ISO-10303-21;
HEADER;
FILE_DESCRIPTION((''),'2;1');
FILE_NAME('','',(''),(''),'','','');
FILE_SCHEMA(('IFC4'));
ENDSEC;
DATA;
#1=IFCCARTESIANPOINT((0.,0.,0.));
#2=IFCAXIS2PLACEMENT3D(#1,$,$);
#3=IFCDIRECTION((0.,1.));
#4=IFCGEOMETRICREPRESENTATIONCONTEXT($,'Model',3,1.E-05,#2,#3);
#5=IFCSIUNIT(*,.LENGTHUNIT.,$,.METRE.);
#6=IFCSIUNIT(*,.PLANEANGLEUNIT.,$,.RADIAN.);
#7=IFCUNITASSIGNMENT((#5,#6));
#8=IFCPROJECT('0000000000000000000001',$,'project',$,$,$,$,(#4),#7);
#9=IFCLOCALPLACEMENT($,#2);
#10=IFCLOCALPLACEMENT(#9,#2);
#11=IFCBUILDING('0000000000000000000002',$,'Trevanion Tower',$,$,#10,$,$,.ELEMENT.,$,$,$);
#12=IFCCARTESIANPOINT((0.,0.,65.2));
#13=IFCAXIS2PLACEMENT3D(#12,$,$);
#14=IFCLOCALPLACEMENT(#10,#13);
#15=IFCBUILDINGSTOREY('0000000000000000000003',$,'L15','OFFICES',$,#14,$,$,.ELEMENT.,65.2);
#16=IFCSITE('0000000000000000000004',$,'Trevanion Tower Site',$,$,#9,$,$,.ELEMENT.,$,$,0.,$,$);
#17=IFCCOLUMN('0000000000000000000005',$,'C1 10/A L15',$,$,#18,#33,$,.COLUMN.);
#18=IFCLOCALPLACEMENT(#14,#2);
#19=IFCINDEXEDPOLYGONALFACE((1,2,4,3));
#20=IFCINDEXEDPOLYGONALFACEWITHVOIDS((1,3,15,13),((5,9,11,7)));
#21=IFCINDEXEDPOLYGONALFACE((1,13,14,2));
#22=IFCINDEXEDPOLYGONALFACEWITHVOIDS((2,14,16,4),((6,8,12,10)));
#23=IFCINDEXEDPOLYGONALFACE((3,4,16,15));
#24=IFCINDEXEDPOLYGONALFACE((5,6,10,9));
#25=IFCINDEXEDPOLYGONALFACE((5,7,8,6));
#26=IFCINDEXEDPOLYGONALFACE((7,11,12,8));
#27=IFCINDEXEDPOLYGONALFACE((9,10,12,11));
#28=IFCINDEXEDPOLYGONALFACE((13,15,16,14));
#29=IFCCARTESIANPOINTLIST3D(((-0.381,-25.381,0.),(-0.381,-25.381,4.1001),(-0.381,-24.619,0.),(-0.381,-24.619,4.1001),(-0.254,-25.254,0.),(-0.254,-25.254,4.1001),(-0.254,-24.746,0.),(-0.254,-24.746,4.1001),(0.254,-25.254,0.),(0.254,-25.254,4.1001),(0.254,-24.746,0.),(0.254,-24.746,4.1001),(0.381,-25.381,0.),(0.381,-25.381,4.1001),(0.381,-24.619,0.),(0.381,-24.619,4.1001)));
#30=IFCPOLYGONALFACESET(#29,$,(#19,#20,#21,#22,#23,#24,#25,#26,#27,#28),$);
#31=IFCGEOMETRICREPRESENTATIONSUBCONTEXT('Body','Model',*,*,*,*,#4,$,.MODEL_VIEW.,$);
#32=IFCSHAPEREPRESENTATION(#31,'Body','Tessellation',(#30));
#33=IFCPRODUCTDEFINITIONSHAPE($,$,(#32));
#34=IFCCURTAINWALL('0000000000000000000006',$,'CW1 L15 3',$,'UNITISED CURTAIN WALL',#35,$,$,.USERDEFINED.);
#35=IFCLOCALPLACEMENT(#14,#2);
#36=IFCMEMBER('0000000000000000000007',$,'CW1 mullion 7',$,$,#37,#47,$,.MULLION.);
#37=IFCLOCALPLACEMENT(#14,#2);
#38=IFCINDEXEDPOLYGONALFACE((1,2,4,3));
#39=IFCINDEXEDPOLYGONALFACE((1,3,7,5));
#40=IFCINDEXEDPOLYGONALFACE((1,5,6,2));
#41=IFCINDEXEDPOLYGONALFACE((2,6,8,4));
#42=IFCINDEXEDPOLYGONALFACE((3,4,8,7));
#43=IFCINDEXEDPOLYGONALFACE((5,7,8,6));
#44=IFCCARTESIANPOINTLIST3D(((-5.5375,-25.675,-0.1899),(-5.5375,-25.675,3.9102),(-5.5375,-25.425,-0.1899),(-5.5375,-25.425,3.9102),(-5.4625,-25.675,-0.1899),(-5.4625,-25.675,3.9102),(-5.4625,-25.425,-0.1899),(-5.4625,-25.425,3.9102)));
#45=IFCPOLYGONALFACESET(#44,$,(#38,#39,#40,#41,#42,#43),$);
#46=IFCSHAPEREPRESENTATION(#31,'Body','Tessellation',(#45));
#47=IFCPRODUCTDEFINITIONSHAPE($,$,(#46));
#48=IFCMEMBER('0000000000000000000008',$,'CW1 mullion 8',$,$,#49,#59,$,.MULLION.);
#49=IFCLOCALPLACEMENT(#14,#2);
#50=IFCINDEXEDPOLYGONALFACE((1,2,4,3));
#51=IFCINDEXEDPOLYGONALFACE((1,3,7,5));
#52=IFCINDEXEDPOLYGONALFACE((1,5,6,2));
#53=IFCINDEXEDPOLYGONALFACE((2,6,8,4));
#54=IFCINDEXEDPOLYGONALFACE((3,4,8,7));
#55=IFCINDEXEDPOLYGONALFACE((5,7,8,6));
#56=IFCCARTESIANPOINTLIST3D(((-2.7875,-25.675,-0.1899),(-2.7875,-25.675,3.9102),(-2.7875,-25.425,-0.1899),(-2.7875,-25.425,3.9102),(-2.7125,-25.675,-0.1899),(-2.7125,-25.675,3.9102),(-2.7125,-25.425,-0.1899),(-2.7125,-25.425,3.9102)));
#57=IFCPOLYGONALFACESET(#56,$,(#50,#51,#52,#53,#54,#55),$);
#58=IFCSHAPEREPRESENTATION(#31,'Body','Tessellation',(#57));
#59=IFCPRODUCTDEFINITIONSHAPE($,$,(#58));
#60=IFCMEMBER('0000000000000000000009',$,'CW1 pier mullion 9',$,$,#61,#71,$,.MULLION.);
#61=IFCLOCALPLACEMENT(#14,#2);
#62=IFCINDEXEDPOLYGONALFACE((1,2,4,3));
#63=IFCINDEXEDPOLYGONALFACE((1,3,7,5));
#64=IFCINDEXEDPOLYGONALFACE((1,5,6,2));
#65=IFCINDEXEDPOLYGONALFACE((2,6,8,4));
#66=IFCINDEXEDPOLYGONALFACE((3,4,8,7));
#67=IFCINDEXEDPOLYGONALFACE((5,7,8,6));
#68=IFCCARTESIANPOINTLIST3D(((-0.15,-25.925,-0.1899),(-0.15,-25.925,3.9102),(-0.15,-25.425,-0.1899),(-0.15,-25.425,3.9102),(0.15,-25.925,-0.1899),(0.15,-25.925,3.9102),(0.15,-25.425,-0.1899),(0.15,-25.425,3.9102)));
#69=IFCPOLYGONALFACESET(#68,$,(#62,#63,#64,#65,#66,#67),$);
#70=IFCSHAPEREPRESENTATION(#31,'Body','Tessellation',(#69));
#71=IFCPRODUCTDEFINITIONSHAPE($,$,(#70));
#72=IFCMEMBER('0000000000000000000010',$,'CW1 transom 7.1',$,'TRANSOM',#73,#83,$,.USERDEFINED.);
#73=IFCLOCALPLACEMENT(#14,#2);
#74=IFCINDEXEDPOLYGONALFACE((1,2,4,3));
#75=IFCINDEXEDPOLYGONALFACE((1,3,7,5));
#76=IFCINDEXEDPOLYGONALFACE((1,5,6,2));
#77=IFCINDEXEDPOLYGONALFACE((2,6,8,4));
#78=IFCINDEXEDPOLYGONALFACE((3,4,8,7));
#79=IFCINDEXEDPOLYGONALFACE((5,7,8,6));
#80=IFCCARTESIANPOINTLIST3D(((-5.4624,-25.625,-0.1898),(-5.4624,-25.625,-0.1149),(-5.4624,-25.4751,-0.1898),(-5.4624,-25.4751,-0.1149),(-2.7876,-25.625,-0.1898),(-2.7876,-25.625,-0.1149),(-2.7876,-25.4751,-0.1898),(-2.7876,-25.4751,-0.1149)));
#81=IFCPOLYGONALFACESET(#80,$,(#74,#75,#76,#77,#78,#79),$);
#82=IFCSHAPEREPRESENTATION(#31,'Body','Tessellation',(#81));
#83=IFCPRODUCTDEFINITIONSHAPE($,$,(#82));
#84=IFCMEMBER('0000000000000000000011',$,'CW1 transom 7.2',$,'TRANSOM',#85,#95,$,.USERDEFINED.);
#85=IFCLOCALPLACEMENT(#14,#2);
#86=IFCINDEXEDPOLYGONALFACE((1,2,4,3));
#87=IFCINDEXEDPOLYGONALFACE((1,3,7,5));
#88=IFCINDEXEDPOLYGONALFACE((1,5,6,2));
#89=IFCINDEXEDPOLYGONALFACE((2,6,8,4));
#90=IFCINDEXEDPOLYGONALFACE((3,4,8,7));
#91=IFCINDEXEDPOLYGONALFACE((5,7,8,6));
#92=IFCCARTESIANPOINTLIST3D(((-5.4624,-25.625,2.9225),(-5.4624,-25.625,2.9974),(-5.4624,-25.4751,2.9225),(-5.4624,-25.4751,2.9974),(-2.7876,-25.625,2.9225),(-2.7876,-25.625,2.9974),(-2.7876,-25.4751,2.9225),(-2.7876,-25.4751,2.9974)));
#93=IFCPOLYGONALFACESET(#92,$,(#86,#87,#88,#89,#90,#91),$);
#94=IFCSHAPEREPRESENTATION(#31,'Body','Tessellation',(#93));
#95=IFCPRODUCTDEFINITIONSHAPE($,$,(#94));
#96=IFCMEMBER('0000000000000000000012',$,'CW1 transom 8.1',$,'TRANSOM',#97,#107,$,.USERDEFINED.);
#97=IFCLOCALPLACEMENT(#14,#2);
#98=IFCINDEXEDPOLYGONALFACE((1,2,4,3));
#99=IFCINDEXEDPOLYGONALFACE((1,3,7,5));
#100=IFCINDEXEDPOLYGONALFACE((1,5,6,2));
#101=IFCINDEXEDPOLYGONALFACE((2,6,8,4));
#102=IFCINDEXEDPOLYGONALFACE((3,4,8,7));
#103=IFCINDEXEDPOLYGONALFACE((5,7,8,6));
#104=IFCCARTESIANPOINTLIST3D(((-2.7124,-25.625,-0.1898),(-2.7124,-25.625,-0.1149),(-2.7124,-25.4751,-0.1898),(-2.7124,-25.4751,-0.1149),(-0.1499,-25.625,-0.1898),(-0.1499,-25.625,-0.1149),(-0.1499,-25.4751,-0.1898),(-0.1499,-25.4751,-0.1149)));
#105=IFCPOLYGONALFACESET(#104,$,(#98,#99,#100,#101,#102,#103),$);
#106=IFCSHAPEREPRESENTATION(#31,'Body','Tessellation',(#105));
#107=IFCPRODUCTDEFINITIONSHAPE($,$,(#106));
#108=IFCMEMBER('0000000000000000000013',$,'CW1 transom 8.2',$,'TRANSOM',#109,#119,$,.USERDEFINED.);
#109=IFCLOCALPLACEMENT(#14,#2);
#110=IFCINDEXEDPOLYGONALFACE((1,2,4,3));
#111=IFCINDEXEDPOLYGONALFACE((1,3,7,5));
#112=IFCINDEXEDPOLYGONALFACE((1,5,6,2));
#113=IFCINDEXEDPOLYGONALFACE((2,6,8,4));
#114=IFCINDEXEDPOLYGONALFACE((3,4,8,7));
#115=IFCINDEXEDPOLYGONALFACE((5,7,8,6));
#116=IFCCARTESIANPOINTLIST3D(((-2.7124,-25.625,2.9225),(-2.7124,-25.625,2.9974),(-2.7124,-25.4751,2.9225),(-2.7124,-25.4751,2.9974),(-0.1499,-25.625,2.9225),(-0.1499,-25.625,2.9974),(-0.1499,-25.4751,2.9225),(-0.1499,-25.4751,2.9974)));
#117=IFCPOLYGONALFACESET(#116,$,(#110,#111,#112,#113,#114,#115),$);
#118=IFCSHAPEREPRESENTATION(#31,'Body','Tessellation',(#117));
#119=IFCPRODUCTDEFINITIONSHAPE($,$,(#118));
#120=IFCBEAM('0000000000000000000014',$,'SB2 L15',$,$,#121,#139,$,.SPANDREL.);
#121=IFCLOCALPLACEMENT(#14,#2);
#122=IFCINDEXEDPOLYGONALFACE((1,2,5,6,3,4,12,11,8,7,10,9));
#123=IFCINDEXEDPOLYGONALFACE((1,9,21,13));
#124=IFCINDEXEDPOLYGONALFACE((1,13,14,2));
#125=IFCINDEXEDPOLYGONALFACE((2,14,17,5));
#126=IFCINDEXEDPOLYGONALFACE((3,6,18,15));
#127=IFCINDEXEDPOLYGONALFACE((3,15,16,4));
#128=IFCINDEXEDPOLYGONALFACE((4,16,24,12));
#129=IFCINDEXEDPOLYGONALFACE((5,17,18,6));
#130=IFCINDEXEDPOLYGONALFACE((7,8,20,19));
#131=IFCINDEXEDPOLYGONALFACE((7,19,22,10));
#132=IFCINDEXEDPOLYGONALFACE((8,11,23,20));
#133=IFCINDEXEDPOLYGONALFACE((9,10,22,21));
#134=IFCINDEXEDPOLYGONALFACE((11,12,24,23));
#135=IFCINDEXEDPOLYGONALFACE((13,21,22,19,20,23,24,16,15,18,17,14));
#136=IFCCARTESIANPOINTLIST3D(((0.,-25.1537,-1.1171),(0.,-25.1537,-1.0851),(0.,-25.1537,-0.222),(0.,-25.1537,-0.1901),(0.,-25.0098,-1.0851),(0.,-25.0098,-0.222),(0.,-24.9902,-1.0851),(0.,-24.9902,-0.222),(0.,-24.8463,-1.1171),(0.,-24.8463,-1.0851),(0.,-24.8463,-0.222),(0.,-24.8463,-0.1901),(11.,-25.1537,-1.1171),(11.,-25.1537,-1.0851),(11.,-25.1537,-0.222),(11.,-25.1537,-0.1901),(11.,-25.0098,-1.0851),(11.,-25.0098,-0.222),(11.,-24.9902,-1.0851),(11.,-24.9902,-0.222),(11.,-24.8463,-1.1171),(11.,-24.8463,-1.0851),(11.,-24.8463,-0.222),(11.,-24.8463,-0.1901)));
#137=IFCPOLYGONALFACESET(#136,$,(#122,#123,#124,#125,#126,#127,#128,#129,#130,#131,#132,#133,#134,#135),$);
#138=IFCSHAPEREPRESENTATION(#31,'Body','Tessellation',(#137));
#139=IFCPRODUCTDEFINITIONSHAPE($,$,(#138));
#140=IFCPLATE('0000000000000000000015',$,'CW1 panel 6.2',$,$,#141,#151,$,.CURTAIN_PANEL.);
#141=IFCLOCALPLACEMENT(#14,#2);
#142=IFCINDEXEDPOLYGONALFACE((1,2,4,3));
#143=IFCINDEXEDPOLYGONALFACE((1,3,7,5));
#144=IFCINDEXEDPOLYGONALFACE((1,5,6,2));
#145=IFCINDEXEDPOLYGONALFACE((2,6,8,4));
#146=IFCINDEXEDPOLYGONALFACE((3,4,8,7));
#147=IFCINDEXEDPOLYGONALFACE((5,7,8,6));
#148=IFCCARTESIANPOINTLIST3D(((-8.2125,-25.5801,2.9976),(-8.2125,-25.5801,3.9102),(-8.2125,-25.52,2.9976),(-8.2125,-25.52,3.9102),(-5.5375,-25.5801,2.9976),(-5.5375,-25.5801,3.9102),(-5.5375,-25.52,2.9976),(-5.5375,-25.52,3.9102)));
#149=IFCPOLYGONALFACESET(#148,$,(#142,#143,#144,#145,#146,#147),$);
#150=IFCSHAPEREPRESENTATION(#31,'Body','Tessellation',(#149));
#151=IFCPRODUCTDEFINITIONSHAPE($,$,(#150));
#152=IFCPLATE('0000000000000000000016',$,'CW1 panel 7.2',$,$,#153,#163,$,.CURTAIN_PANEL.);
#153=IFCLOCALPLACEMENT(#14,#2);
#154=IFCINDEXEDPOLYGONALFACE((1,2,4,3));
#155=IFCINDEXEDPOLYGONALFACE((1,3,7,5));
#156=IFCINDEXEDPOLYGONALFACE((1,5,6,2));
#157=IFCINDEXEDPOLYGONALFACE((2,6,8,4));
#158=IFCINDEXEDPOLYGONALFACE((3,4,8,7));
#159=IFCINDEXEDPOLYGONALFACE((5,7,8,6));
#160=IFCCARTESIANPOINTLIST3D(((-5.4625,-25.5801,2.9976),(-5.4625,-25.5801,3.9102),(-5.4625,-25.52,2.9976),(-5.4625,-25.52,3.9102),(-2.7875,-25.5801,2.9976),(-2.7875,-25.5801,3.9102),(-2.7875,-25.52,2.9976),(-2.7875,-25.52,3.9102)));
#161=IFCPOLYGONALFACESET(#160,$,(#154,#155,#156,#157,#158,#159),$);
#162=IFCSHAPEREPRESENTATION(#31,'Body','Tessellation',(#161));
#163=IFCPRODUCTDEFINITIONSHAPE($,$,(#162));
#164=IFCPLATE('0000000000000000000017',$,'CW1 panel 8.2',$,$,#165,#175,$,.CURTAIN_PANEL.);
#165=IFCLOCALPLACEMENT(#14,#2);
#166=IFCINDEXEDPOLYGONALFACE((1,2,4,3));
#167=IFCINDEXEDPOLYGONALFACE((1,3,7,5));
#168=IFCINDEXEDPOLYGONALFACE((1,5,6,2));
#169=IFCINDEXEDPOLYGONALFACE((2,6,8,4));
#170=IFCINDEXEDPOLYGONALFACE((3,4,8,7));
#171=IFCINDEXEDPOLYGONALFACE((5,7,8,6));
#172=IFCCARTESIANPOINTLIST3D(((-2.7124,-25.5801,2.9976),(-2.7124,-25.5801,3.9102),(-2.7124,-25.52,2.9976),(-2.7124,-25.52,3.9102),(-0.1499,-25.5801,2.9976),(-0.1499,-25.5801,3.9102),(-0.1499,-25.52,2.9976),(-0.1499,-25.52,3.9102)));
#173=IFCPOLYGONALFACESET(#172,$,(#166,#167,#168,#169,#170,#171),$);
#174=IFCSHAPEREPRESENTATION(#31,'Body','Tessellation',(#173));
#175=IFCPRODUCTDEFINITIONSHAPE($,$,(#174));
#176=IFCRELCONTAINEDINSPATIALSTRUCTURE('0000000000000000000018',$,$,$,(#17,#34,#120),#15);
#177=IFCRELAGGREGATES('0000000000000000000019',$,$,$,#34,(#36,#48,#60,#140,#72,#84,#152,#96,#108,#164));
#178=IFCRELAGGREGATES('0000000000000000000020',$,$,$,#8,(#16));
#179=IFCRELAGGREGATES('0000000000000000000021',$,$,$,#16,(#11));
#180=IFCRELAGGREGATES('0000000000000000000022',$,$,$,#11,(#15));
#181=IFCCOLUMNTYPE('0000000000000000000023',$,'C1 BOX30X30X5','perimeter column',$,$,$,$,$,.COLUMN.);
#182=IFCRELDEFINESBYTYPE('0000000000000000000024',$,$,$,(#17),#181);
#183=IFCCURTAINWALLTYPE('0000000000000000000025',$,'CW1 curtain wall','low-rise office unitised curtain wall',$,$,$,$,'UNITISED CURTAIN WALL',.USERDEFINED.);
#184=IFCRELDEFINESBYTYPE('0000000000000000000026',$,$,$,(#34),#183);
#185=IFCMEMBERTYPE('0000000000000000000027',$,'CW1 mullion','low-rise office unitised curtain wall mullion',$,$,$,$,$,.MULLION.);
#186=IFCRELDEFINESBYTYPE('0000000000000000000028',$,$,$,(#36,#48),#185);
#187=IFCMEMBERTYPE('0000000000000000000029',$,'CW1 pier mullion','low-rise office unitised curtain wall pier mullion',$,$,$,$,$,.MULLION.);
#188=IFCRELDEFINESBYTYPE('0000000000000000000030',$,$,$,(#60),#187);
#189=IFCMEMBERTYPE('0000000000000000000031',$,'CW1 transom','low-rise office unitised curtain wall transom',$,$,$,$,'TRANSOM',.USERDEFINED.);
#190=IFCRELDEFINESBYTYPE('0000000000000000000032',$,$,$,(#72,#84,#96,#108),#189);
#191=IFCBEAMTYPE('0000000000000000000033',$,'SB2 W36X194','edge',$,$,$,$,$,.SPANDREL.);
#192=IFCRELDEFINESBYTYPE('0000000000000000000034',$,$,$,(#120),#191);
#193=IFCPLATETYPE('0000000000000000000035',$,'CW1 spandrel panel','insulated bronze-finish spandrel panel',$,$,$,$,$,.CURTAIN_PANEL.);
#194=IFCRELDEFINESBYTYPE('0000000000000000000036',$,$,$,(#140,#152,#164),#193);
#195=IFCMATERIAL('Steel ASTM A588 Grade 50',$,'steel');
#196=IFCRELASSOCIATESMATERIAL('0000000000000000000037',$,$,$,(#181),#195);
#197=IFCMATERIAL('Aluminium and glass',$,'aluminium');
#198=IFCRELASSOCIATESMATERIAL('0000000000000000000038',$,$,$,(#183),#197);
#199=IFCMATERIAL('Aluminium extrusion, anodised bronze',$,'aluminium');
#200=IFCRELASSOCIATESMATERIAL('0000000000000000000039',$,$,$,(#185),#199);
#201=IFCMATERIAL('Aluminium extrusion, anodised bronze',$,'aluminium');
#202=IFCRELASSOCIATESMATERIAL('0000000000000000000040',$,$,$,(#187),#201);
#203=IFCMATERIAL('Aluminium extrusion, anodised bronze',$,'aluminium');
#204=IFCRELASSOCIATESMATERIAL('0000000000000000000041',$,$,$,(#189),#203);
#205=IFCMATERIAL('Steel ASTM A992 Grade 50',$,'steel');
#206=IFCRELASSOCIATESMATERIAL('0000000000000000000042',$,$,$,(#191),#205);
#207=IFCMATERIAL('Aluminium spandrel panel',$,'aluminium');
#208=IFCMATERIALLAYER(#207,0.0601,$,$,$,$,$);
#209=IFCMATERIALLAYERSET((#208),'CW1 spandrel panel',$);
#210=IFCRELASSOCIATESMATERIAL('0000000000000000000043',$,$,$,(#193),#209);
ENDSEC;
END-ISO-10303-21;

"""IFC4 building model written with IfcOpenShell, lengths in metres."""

from ifc_helpers import new_model, si_unit, direction, frame, origin, origin_2d, place, context, subcontext, project, spatial, rectangle, hollow_rectangle, i_section, extrude, material, layer, layer_set, material_profile, profile_set, type_object, element, aggregate, save


model = new_model("IFC4")

# Units and contexts
model_context = context("Model", 3, precision=1e-05, world=origin(), true_north=direction((0.0, 1.0)))
body_context = subcontext(model_context, "Body", "Model", "MODEL_VIEW")
ifc_project = project(units=[si_unit("LENGTHUNIT", "METRE"), si_unit("PLANEANGLEUNIT", "RADIAN")], contexts=[model_context])

# Site, building, storey
site_placement = place(None, origin())
site = spatial("IfcSite", under=ifc_project, at=site_placement, Name="Trevanion Tower Site", CompositionType="ELEMENT", RefElevation=0.0)
building_placement = place(site_placement, origin())
building = spatial("IfcBuilding", under=site, at=building_placement, Name="Trevanion Tower", CompositionType="ELEMENT")
storey_placement = place(building_placement, frame((0.0, 0.0, 65.2)))
storey = spatial("IfcBuildingStorey", under=building, at=storey_placement, Name="L15", Description="OFFICES", CompositionType="ELEMENT", Elevation=65.2)

# Column
ifc_material_1 = material(Name="Steel ASTM A588 Grade 50", Category="steel")
ifc_material_profile_1 = material_profile(ifc_material_1, hollow_rectangle(XDim=0.762, YDim=0.762, WallThickness=0.127, at=origin_2d()), Name="BOX30X30X5")
ifc_profile_set_1 = profile_set([ifc_material_profile_1], Name="Steel ASTM A588 Grade 50")
column_type = type_object("IfcColumnType", Name="C1 BOX30X30X5", Description="perimeter column", PredefinedType="COLUMN", material=ifc_profile_set_1)
column_placement = place(storey_placement, frame((0.0, -25.0, 0.0), z_axis=(0.0, 0.0, 1.0), x_axis=(1.0, 0.0, 0.0)))
element("IfcColumn", 1, at=column_placement, inside=storey, type_object=column_type, Name="C1 10/A L15", PredefinedType="COLUMN", context=body_context, shape_type="SweptSolid", body=[
    extrude(hollow_rectangle(XDim=0.762, YDim=0.762, WallThickness=0.127, at=origin_2d()), origin(), (0.0, 0.0, 1.0), 4.1001),
])

# Curtain wall, members
ifc_material_2 = material(Name="Aluminium and glass", Category="aluminium")
curtain_wall_type = type_object("IfcCurtainWallType", Name="CW1 curtain wall", Description="low-rise office unitised curtain wall", ElementType="UNITISED CURTAIN WALL", PredefinedType="USERDEFINED", material=ifc_material_2)
curtain_wall_placement = place(storey_placement, origin())
curtain_wall = element("IfcCurtainWall", 2, at=curtain_wall_placement, inside=storey, type_object=curtain_wall_type, Name="CW1 L15 3", ObjectType="UNITISED CURTAIN WALL", PredefinedType="USERDEFINED")
ifc_material_3 = material(Name="Aluminium extrusion, anodised bronze", Category="aluminium")
ifc_material_profile_2 = material_profile(ifc_material_3, rectangle(XDim=0.075, YDim=0.25, at=origin_2d()), Name="CW1 mullion")
ifc_profile_set_2 = profile_set([ifc_material_profile_2], Name="Aluminium extrusion, anodised bronze")
member_type_1 = type_object("IfcMemberType", Name="CW1 mullion", Description="low-rise office unitised curtain wall mullion", PredefinedType="MULLION", material=ifc_profile_set_2)
member_1_placement = place(storey_placement, frame((-5.5, -25.55, -0.1899), z_axis=(0.0, 0.0, 1.0), x_axis=(1.0, 0.0, 0.0)))
member_1 = element("IfcMember", 3, at=member_1_placement, type_object=member_type_1, Name="CW1 mullion 7", PredefinedType="MULLION", context=body_context, shape_type="SweptSolid", body=[
    extrude(rectangle(XDim=0.075, YDim=0.25, at=origin_2d()), origin(), (0.0, 0.0, 1.0), 4.1001),
])
member_2_placement = place(storey_placement, frame((-2.75, -25.55, -0.1899), z_axis=(0.0, 0.0, 1.0), x_axis=(1.0, 0.0, 0.0)))
member_2 = element("IfcMember", 4, at=member_2_placement, type_object=member_type_1, Name="CW1 mullion 8", PredefinedType="MULLION", context=body_context, shape_type="SweptSolid", body=[
    extrude(rectangle(XDim=0.075, YDim=0.25, at=origin_2d()), origin(), (0.0, 0.0, 1.0), 4.1001),
])
ifc_material_4 = material(Name="Aluminium extrusion, anodised bronze", Category="aluminium")
ifc_material_profile_3 = material_profile(ifc_material_4, rectangle(XDim=0.3, YDim=0.5, at=origin_2d()), Name="CW1 pier mullion")
ifc_profile_set_3 = profile_set([ifc_material_profile_3], Name="Aluminium extrusion, anodised bronze")
member_type_2 = type_object("IfcMemberType", Name="CW1 pier mullion", Description="low-rise office unitised curtain wall pier mullion", PredefinedType="MULLION", material=ifc_profile_set_3)
member_3_placement = place(storey_placement, frame((0.0, -25.675, -0.1899), z_axis=(0.0, 0.0, 1.0), x_axis=(1.0, 0.0, 0.0)))
member_3 = element("IfcMember", 5, at=member_3_placement, type_object=member_type_2, Name="CW1 pier mullion 9", PredefinedType="MULLION", context=body_context, shape_type="SweptSolid", body=[
    extrude(rectangle(XDim=0.3, YDim=0.5, at=origin_2d()), origin(), (0.0, 0.0, 1.0), 4.1001),
])
ifc_material_5 = material(Name="Aluminium extrusion, anodised bronze", Category="aluminium")
ifc_material_profile_4 = material_profile(ifc_material_5, rectangle(XDim=0.1499, YDim=0.075, at=origin_2d()), Name="CW1 transom")
ifc_profile_set_4 = profile_set([ifc_material_profile_4], Name="Aluminium extrusion, anodised bronze")
member_type_3 = type_object("IfcMemberType", Name="CW1 transom", Description="low-rise office unitised curtain wall transom", ElementType="TRANSOM", PredefinedType="USERDEFINED", material=ifc_profile_set_4)
member_4_placement = place(storey_placement, frame((-5.4624, -25.55, -0.1523), z_axis=(1.0, 0.0, 0.0), x_axis=(0.0, 1.0, 0.0)))
member_4 = element("IfcMember", 6, at=member_4_placement, type_object=member_type_3, Name="CW1 transom 7.1", ObjectType="TRANSOM", PredefinedType="USERDEFINED", context=body_context, shape_type="SweptSolid", body=[
    extrude(rectangle(XDim=0.1499, YDim=0.075, at=origin_2d()), origin(), (0.0, 0.0, 1.0), 2.6748),
])
member_5_placement = place(storey_placement, frame((-5.4624, -25.55, 2.96), z_axis=(1.0, 0.0, 0.0), x_axis=(0.0, 1.0, 0.0)))
member_5 = element("IfcMember", 7, at=member_5_placement, type_object=member_type_3, Name="CW1 transom 7.2", ObjectType="TRANSOM", PredefinedType="USERDEFINED", context=body_context, shape_type="SweptSolid", body=[
    extrude(rectangle(XDim=0.1499, YDim=0.075, at=origin_2d()), origin(), (0.0, 0.0, 1.0), 2.6748),
])
member_6_placement = place(storey_placement, frame((-2.7124, -25.55, -0.1523), z_axis=(1.0, 0.0, 0.0), x_axis=(0.0, 1.0, 0.0)))
member_6 = element("IfcMember", 8, at=member_6_placement, type_object=member_type_3, Name="CW1 transom 8.1", ObjectType="TRANSOM", PredefinedType="USERDEFINED", context=body_context, shape_type="SweptSolid", body=[
    extrude(rectangle(XDim=0.1499, YDim=0.075, at=origin_2d()), origin(), (0.0, 0.0, 1.0), 2.5625),
])
member_7_placement = place(storey_placement, frame((-2.7124, -25.55, 2.96), z_axis=(1.0, 0.0, 0.0), x_axis=(0.0, 1.0, 0.0)))
member_7 = element("IfcMember", 9, at=member_7_placement, type_object=member_type_3, Name="CW1 transom 8.2", ObjectType="TRANSOM", PredefinedType="USERDEFINED", context=body_context, shape_type="SweptSolid", body=[
    extrude(rectangle(XDim=0.1499, YDim=0.075, at=origin_2d()), origin(), (0.0, 0.0, 1.0), 2.5625),
])

# Beam
ifc_material_6 = material(Name="Steel ASTM A992 Grade 50", Category="steel")
ifc_material_profile_5 = material_profile(ifc_material_6, i_section(OverallWidth=0.3074, OverallDepth=0.927, WebThickness=0.0195, FlangeThickness=0.032, at=origin_2d()), Name="W36X194")
ifc_profile_set_5 = profile_set([ifc_material_profile_5], Name="Steel ASTM A992 Grade 50")
beam_type = type_object("IfcBeamType", Name="SB2 W36X194", Description="edge", PredefinedType="SPANDREL", material=ifc_profile_set_5)
beam_placement = place(storey_placement, frame((0.0, -25.0, -0.6536), z_axis=(1.0, 0.0, 0.0), x_axis=(0.0, 1.0, 0.0)))
element("IfcBeam", 10, at=beam_placement, inside=storey, type_object=beam_type, Name="SB2 L15", PredefinedType="SPANDREL", context=body_context, shape_type="SweptSolid", body=[
    extrude(i_section(OverallWidth=0.3074, OverallDepth=0.927, WebThickness=0.0195, FlangeThickness=0.032, at=origin_2d()), origin(), (0.0, 0.0, 1.0), 11.0),
])

# Plates
ifc_material_7 = material(Name="Aluminium spandrel panel", Category="aluminium")
ifc_layer_1 = layer(ifc_material_7, 0.0601)
ifc_layer_set_1 = layer_set([ifc_layer_1], Name="CW1 spandrel panel")
plate_type_1 = type_object("IfcPlateType", Name="CW1 spandrel panel", Description="insulated bronze-finish spandrel panel", PredefinedType="CURTAIN_PANEL", material=ifc_layer_set_1)
plate_1_placement = place(storey_placement, frame((-6.875, -25.55, 2.9976), z_axis=(0.0, 0.0, 1.0), x_axis=(1.0, 0.0, 0.0)))
plate_1 = element("IfcPlate", 11, at=plate_1_placement, type_object=plate_type_1, Name="CW1 panel 6.2", PredefinedType="CURTAIN_PANEL", context=body_context, shape_type="SweptSolid", body=[
    extrude(rectangle(XDim=2.675, YDim=0.0601, at=origin_2d()), origin(), (0.0, 0.0, 1.0), 0.9126),
])
plate_2_placement = place(storey_placement, frame((-4.125, -25.55, 2.9976), z_axis=(0.0, 0.0, 1.0), x_axis=(1.0, 0.0, 0.0)))
plate_2 = element("IfcPlate", 12, at=plate_2_placement, type_object=plate_type_1, Name="CW1 panel 7.2", PredefinedType="CURTAIN_PANEL", context=body_context, shape_type="SweptSolid", body=[
    extrude(rectangle(XDim=2.675, YDim=0.0601, at=origin_2d()), origin(), (0.0, 0.0, 1.0), 0.9126),
])
plate_3_placement = place(storey_placement, frame((-1.4312, -25.55, 2.9976), z_axis=(0.0, 0.0, 1.0), x_axis=(1.0, 0.0, 0.0)))
plate_3 = element("IfcPlate", 13, at=plate_3_placement, type_object=plate_type_1, Name="CW1 panel 8.2", PredefinedType="CURTAIN_PANEL", context=body_context, shape_type="SweptSolid", body=[
    extrude(rectangle(XDim=2.5625, YDim=0.0601, at=origin_2d()), origin(), (0.0, 0.0, 1.0), 0.9126),
])
aggregate(curtain_wall, [member_1, member_2, member_3, plate_1, member_4, member_5, plate_2, member_6, member_7, plate_3])

save(model, "model.ifc")
